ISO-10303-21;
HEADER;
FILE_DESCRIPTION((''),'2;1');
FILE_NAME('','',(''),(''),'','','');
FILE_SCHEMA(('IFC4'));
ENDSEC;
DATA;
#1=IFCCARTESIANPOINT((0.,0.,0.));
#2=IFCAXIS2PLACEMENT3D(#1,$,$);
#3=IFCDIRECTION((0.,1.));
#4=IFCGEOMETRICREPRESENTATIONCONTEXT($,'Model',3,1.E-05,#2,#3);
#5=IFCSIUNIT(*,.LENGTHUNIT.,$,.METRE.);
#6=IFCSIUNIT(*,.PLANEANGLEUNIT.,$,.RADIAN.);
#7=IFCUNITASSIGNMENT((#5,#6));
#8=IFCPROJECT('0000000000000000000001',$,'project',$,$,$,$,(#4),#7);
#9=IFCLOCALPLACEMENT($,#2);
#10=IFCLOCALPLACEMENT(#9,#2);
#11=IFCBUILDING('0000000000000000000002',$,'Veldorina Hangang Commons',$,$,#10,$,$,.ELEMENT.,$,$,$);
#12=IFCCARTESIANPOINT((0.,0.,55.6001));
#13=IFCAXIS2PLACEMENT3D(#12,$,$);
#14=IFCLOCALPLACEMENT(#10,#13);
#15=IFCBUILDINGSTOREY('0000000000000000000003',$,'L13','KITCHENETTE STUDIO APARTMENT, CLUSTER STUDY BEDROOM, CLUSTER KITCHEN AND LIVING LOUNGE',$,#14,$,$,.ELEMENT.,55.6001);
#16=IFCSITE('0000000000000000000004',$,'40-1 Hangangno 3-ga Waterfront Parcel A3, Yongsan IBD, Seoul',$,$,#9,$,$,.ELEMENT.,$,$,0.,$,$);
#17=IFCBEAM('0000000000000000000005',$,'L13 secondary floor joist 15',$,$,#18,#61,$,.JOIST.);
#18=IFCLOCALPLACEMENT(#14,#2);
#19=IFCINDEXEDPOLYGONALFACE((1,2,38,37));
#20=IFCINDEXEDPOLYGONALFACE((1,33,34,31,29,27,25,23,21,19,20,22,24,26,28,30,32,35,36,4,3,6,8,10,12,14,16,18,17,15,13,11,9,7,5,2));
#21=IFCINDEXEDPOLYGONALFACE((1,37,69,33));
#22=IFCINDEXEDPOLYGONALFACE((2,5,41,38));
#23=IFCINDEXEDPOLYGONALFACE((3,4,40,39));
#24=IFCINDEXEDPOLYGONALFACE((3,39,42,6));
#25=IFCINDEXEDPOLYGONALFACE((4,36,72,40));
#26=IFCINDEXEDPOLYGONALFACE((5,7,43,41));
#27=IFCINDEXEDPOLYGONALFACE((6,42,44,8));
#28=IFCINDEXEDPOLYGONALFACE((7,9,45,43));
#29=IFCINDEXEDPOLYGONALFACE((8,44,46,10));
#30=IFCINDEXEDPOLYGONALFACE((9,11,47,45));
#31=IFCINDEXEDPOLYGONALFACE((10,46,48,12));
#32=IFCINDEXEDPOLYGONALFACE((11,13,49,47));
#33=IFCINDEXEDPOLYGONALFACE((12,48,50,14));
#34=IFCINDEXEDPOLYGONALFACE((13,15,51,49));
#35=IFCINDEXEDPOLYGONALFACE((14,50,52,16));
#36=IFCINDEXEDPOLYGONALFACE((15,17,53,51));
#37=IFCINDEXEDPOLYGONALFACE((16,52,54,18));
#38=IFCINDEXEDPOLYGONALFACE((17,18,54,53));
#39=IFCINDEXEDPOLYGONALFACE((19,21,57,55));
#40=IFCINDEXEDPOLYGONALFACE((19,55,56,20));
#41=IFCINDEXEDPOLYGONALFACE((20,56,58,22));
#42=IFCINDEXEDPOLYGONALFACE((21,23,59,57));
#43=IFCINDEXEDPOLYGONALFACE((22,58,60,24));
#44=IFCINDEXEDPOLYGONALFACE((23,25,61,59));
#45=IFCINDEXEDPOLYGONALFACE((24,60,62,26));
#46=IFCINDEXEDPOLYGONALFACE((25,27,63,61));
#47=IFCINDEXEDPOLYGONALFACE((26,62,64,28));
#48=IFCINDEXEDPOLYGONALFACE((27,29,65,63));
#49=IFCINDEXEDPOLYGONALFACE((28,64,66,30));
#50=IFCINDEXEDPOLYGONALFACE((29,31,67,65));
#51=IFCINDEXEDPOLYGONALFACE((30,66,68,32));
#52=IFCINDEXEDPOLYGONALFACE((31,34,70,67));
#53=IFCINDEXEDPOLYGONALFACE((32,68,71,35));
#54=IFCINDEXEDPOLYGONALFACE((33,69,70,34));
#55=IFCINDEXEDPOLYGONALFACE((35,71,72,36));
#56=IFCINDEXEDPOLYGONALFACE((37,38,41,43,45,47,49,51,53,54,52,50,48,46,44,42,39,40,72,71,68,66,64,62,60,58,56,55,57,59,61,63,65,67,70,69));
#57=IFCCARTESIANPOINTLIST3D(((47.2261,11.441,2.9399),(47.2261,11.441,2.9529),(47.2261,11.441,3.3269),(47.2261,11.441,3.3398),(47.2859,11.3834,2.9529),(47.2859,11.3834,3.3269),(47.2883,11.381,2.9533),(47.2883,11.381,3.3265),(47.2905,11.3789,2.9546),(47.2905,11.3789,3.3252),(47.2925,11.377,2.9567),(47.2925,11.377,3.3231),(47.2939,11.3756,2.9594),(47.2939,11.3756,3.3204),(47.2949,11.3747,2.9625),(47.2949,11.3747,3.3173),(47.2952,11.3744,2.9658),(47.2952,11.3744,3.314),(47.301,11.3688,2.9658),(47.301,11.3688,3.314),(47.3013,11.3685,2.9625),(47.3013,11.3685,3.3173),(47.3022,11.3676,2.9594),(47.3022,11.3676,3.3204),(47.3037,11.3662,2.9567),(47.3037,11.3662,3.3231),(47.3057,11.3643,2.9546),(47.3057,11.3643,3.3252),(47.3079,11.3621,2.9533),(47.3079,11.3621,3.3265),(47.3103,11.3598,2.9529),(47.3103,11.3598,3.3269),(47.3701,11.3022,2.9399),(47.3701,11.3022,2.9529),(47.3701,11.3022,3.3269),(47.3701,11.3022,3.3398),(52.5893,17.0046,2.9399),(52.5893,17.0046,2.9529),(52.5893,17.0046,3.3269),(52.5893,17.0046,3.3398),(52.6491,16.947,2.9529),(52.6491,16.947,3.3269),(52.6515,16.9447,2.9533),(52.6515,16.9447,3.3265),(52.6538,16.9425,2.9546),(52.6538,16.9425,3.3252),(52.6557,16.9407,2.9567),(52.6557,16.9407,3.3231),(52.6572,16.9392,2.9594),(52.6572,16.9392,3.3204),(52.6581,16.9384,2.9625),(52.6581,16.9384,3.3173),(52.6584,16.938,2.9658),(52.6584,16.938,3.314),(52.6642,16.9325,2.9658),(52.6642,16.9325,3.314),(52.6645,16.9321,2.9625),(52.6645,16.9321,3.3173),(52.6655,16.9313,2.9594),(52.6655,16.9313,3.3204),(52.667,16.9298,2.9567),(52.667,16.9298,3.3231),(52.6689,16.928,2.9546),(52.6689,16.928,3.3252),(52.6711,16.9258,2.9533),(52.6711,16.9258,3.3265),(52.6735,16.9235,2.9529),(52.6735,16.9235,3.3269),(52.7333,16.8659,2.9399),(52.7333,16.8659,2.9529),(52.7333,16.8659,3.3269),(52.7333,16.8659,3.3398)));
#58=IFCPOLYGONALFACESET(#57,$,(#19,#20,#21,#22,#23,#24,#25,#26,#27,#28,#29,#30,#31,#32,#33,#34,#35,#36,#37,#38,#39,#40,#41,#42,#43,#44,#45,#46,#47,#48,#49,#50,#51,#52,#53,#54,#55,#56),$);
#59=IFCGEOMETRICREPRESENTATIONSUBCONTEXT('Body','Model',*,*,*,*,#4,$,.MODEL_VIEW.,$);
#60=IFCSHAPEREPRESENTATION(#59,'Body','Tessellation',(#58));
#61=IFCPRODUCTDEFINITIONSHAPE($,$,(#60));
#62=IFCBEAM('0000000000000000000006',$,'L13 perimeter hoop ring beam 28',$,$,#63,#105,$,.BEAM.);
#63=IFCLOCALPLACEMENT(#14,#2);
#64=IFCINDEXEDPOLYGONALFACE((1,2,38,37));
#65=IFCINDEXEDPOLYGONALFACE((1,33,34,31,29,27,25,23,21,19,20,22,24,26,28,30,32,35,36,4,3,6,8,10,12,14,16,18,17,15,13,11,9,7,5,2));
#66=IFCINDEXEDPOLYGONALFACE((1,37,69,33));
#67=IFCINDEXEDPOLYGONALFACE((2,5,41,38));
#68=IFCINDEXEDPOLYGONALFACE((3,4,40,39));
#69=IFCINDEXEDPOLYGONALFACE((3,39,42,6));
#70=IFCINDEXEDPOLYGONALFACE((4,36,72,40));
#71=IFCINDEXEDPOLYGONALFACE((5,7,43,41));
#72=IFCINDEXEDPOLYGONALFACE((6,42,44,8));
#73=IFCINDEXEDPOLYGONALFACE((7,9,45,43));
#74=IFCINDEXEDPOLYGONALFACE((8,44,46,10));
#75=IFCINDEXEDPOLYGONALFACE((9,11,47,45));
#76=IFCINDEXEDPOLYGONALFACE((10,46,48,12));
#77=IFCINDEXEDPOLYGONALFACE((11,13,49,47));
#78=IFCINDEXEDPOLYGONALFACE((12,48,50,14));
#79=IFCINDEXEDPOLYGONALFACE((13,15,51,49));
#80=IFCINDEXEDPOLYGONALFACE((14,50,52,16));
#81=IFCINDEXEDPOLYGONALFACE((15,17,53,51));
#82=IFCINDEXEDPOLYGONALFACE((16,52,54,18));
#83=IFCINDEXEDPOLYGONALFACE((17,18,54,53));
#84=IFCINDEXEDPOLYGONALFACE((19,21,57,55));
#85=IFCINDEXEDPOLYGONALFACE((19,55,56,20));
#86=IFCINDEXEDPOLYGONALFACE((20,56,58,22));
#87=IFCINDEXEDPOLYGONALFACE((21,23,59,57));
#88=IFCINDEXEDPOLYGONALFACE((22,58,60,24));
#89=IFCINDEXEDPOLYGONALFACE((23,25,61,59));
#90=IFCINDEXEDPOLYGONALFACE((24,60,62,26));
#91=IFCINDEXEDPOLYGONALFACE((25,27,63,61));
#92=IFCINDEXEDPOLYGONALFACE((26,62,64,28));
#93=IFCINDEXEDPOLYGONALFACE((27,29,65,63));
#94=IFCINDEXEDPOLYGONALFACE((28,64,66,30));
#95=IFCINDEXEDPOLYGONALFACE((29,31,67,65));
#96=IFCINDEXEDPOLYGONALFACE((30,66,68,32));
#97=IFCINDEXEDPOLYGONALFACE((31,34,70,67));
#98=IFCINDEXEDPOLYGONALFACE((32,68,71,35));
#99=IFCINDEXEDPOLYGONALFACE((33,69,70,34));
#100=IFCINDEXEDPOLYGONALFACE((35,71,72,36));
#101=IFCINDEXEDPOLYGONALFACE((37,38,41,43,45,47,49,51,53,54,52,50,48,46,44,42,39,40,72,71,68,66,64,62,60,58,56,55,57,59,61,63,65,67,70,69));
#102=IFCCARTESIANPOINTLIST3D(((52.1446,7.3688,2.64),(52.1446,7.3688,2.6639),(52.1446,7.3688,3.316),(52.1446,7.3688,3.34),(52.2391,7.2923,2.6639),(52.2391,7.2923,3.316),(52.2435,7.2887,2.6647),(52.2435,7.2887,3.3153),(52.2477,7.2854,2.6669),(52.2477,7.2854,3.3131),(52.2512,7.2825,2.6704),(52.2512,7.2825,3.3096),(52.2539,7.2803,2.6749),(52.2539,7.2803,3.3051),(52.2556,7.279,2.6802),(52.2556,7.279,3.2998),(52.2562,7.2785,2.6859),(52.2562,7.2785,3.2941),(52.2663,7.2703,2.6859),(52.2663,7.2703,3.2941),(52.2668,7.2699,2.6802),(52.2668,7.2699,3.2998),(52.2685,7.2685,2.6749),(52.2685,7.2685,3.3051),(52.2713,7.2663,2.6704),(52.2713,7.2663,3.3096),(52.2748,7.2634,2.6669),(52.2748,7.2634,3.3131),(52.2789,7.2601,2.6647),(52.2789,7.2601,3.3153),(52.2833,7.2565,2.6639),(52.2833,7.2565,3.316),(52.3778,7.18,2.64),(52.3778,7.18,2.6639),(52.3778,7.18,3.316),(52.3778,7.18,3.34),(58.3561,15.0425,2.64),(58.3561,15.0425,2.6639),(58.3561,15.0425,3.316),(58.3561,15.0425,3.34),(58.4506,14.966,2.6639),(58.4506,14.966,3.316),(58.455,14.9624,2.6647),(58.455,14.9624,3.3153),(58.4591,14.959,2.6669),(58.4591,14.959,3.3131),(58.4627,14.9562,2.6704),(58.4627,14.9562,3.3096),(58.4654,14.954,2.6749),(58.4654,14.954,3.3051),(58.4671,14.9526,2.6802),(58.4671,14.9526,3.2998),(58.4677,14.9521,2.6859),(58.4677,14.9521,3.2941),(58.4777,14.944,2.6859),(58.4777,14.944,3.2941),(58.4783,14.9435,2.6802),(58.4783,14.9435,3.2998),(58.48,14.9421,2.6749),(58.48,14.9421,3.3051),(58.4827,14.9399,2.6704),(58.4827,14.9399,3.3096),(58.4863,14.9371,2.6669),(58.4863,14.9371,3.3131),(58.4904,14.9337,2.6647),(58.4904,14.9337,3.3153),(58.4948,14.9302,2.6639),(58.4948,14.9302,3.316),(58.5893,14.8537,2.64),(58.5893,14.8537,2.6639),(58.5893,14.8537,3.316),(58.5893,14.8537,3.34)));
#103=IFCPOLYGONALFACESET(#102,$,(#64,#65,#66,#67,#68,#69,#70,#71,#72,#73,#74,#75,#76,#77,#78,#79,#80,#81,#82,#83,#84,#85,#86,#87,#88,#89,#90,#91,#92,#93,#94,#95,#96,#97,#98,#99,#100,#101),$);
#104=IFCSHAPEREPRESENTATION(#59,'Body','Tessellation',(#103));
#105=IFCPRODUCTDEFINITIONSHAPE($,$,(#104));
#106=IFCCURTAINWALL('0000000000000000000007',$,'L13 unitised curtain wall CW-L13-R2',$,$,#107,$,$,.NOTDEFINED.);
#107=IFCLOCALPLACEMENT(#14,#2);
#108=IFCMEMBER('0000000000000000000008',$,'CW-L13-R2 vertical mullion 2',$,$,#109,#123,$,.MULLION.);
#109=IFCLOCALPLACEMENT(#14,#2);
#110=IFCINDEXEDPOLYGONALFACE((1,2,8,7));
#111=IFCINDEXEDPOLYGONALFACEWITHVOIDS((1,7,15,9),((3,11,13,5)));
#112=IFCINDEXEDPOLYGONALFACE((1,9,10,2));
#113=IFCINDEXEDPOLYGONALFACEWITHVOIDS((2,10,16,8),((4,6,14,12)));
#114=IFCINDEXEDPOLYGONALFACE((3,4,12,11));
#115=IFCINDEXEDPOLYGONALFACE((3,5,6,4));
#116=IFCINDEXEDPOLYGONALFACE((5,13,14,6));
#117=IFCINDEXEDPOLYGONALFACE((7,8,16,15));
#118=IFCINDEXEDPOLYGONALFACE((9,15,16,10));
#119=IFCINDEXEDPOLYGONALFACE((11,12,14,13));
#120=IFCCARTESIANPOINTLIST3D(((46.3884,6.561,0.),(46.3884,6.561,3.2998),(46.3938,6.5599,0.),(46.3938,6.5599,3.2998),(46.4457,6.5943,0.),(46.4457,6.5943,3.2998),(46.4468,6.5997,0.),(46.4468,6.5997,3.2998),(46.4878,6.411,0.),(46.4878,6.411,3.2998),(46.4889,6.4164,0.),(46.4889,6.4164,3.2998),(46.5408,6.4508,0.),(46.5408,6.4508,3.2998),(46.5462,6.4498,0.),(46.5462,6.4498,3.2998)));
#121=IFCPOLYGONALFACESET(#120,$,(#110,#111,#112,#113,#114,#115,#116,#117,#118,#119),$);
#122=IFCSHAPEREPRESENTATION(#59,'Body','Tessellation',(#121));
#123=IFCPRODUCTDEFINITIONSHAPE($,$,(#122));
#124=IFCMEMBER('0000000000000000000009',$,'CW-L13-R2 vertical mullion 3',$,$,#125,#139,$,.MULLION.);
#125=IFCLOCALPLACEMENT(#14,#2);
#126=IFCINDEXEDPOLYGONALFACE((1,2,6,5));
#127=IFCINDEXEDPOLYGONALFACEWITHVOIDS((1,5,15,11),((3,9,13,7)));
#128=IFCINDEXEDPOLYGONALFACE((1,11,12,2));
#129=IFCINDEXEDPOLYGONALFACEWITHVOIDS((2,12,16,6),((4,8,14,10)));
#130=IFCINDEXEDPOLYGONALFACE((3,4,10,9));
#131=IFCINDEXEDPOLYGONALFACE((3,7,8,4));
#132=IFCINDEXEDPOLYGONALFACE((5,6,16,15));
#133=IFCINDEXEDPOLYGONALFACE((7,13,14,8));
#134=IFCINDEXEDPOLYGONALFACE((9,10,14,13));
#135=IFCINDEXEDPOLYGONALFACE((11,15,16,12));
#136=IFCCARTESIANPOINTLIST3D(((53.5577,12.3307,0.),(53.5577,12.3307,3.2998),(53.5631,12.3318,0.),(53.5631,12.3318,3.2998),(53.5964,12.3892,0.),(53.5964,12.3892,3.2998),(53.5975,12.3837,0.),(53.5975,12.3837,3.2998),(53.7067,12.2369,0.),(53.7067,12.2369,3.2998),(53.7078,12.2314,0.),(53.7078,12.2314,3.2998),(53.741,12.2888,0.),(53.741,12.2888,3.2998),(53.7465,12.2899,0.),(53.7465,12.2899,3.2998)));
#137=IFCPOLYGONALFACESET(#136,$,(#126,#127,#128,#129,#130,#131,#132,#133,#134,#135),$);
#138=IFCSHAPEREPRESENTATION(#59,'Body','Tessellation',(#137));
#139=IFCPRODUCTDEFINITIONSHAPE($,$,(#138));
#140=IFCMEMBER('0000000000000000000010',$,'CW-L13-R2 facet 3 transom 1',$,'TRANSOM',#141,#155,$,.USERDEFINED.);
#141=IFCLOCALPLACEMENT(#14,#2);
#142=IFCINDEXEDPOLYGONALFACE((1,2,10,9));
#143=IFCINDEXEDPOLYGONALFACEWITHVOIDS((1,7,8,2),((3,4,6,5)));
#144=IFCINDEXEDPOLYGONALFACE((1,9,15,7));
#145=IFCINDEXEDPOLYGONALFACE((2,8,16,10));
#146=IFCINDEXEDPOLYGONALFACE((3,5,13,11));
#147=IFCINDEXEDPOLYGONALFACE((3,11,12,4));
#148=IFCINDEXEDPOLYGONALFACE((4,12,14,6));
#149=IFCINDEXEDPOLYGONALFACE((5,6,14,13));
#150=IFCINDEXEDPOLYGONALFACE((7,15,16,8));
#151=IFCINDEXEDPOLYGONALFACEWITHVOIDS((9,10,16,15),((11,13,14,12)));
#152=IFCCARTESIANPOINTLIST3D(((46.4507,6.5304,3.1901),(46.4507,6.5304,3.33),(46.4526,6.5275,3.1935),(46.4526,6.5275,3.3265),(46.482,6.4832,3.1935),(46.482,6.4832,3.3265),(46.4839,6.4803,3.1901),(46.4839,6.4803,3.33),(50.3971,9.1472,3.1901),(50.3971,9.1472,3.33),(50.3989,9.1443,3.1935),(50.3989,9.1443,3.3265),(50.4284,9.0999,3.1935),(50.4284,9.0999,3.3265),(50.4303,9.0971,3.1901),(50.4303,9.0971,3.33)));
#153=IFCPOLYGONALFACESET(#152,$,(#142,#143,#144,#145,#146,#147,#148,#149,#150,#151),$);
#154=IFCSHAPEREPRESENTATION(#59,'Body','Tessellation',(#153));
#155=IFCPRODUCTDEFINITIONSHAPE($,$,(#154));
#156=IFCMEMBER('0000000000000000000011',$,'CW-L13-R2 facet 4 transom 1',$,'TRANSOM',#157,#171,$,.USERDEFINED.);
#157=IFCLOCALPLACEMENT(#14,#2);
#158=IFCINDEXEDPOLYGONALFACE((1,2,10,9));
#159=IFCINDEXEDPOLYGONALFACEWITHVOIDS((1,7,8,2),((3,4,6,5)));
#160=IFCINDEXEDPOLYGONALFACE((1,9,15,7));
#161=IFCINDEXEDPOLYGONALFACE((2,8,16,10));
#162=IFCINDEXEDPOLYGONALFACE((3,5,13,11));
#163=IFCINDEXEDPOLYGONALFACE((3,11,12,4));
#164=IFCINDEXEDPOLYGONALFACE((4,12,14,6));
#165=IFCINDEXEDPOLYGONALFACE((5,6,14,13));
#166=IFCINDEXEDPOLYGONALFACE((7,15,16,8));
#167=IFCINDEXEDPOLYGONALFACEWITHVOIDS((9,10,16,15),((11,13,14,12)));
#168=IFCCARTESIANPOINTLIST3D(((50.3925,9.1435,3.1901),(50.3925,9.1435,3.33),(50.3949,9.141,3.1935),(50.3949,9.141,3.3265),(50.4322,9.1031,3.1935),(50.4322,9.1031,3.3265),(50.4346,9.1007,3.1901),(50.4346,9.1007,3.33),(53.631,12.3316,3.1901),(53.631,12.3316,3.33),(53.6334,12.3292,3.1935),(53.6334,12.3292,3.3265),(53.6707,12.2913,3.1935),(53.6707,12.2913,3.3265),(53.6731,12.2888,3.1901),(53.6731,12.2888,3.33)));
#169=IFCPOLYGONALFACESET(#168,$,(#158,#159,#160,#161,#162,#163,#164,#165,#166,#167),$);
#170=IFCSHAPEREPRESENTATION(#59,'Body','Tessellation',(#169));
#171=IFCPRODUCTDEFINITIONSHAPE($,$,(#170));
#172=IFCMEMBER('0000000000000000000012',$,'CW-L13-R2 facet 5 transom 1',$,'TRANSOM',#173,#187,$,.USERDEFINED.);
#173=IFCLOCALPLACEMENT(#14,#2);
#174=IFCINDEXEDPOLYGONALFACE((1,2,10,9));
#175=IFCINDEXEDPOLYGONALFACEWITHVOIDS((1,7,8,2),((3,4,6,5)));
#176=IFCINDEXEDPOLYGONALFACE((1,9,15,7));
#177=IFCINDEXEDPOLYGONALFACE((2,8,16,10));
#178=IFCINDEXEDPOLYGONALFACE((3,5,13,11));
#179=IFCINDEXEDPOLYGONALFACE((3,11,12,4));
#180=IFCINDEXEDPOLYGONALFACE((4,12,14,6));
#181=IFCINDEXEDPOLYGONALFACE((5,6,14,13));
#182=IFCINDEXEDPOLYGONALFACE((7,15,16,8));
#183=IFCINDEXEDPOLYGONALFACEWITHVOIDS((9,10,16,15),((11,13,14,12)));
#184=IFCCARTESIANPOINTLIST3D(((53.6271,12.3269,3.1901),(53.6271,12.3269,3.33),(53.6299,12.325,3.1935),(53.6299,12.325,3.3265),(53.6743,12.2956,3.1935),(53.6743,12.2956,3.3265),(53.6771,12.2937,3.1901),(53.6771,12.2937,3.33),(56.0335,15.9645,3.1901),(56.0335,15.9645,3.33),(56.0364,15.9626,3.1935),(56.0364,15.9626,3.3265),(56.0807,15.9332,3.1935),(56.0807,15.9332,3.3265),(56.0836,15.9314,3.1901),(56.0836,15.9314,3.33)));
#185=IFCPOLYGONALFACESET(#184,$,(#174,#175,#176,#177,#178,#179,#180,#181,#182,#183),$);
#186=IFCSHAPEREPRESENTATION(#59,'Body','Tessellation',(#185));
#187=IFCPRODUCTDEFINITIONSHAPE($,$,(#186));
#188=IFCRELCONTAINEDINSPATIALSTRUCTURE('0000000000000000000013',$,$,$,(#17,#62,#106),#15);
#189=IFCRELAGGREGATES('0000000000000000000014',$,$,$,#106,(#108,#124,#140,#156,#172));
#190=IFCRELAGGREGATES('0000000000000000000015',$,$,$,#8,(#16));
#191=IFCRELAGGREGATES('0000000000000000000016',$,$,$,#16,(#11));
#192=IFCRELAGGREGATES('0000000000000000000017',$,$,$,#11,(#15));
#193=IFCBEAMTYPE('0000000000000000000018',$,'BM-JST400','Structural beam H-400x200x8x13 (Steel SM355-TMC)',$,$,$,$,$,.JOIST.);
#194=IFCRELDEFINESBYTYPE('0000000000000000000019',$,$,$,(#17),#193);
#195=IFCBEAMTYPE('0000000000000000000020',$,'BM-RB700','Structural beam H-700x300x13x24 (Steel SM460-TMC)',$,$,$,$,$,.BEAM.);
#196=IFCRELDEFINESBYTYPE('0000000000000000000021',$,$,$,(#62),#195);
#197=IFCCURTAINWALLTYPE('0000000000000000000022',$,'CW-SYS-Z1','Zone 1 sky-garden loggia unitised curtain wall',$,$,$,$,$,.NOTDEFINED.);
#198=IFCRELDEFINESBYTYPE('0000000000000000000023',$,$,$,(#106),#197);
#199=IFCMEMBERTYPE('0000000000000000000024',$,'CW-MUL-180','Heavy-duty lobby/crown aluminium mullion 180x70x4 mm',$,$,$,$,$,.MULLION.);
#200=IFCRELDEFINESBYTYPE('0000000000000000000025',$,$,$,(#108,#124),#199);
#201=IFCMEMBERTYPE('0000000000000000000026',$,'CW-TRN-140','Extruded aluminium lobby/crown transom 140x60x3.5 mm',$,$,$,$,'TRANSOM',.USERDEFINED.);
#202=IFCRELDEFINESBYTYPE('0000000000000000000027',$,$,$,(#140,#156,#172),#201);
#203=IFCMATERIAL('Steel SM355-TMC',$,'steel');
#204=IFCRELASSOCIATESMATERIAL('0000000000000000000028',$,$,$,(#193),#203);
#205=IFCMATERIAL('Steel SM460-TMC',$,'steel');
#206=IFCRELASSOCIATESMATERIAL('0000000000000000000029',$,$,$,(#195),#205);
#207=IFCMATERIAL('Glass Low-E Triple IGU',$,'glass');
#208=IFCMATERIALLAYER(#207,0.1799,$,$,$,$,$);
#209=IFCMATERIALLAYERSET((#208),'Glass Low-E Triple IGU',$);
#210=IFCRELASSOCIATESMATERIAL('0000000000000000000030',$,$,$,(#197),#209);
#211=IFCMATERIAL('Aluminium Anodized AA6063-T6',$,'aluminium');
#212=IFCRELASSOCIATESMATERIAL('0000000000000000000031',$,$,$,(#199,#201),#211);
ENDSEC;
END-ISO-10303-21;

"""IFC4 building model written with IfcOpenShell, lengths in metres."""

from ifc_helpers import new_model, si_unit, direction, frame, origin, origin_2d, place, context, subcontext, project, spatial, hollow_rectangle, i_section, extrude, material, layer, layer_set, material_profile, profile_set, type_object, element, aggregate, save


model = new_model("IFC4")

# Units and contexts
model_context = context("Model", 3, precision=1e-05, world=origin(), true_north=direction((0.0, 1.0)))
body_context = subcontext(model_context, "Body", "Model", "MODEL_VIEW")
ifc_project = project(units=[si_unit("LENGTHUNIT", "METRE"), si_unit("PLANEANGLEUNIT", "RADIAN")], contexts=[model_context])

# Site, building, storey
site_placement = place(None, origin())
site = spatial("IfcSite", under=ifc_project, at=site_placement, Name="40-1 Hangangno 3-ga Waterfront Parcel A3, Yongsan IBD, Seoul", CompositionType="ELEMENT", RefElevation=0.0)
building_placement = place(site_placement, origin())
building = spatial("IfcBuilding", under=site, at=building_placement, Name="Veldorina Hangang Commons", CompositionType="ELEMENT")
storey_placement = place(building_placement, frame((0.0, 0.0, 55.6001)))
storey = spatial("IfcBuildingStorey", under=building, at=storey_placement, Name="L13", Description="KITCHENETTE STUDIO APARTMENT, CLUSTER STUDY BEDROOM, CLUSTER KITCHEN AND LIVING LOUNGE", CompositionType="ELEMENT", Elevation=55.6001)

# Beams
ifc_material_1 = material(Name="Steel SM355-TMC", Category="steel")
ifc_material_profile_1 = material_profile(ifc_material_1, i_section(OverallWidth=0.2, OverallDepth=0.3999, WebThickness=0.0081, FlangeThickness=0.0129, FilletRadius=0.0129, at=origin_2d()), Name="H-400x200x8x13")
ifc_profile_set_1 = profile_set([ifc_material_profile_1], Name="Steel SM355-TMC")
beam_type_1 = type_object("IfcBeamType", Name="BM-JST400", Description="Structural beam H-400x200x8x13 (Steel SM355-TMC)", PredefinedType="JOIST", material=ifc_profile_set_1)
beam_1_placement = place(storey_placement, frame((47.2981, 11.3716, 3.1399), z_axis=(0.694019, 0.719956, 0.0), x_axis=(-0.719956, 0.694019, 0.0)))
element("IfcBeam", 1, at=beam_1_placement, inside=storey, type_object=beam_type_1, Name="L13 secondary floor joist 15", PredefinedType="JOIST", context=body_context, shape_type="SweptSolid", body=[
    extrude(i_section(OverallWidth=0.2, OverallDepth=0.3999, WebThickness=0.0081, FlangeThickness=0.0129, FilletRadius=0.0129, at=origin_2d()), origin(), (0.0, 0.0, 1.0), 7.7278),
])
ifc_material_2 = material(Name="Steel SM460-TMC", Category="steel")
ifc_material_profile_2 = material_profile(ifc_material_2, i_section(OverallWidth=0.3, OverallDepth=0.7, WebThickness=0.0129, FlangeThickness=0.0239, FilletRadius=0.022, at=origin_2d()), Name="H-700x300x13x24")
ifc_profile_set_2 = profile_set([ifc_material_profile_2], Name="Steel SM460-TMC")
beam_type_2 = type_object("IfcBeamType", Name="BM-RB700", Description="Structural beam H-700x300x13x24 (Steel SM460-TMC)", PredefinedType="BEAM", material=ifc_profile_set_2)
beam_2_placement = place(storey_placement, frame((52.2612, 7.2744, 2.99), z_axis=(0.629166, 0.777271, 0.0), x_axis=(-0.777271, 0.629166, 0.0)))
element("IfcBeam", 2, at=beam_2_placement, inside=storey, type_object=beam_type_2, Name="L13 perimeter hoop ring beam 28", PredefinedType="BEAM", context=body_context, shape_type="SweptSolid", body=[
    extrude(i_section(OverallWidth=0.3, OverallDepth=0.7, WebThickness=0.0129, FlangeThickness=0.0239, FilletRadius=0.022, at=origin_2d()), origin(), (0.0, 0.0, 1.0), 9.8726),
])

# Curtain wall, members
ifc_material_3 = material(Name="Glass Low-E Triple IGU", Category="glass")
ifc_layer_1 = layer(ifc_material_3, 0.1799)
ifc_layer_set_1 = layer_set([ifc_layer_1], Name="Glass Low-E Triple IGU")
curtain_wall_type = type_object("IfcCurtainWallType", Name="CW-SYS-Z1", Description="Zone 1 sky-garden loggia unitised curtain wall", PredefinedType="NOTDEFINED", material=ifc_layer_set_1)
curtain_wall_placement = place(storey_placement, origin())
curtain_wall = element("IfcCurtainWall", 3, at=curtain_wall_placement, inside=storey, type_object=curtain_wall_type, Name="L13 unitised curtain wall CW-L13-R2", PredefinedType="NOTDEFINED")
ifc_material_4 = material(Name="Aluminium Anodized AA6063-T6", Category="aluminium")
ifc_material_profile_3 = material_profile(ifc_material_4, hollow_rectangle(XDim=0.0701, YDim=0.1799, WallThickness=0.0039, at=origin_2d()), Name="ALU-RHS-180x70x4")
ifc_profile_set_3 = profile_set([ifc_material_profile_3], Name="Aluminium Anodized AA6063-T6")
member_type_1 = type_object("IfcMemberType", Name="CW-MUL-180", Description="Heavy-duty lobby/crown aluminium mullion 180x70x4 mm", PredefinedType="MULLION", material=ifc_profile_set_3)
member_1_placement = place(storey_placement, frame((46.4673, 6.5054, 0.0), z_axis=(0.0, 0.0, 1.0), x_axis=(0.833423, 0.552635, 0.0)))
member_1 = element("IfcMember", 4, at=member_1_placement, type_object=member_type_1, Name="CW-L13-R2 vertical mullion 2", PredefinedType="MULLION", context=body_context, shape_type="SweptSolid", body=[
    extrude(hollow_rectangle(XDim=0.0701, YDim=0.1799, WallThickness=0.0039, at=origin_2d()), origin(), (0.0, 0.0, 1.0), 3.2998),
])
member_2_placement = place(storey_placement, frame((53.6521, 12.3103, 0.0), z_axis=(0.0, 0.0, 1.0), x_axis=(0.551719, 0.83403, 0.0)))
member_2 = element("IfcMember", 5, at=member_2_placement, type_object=member_type_1, Name="CW-L13-R2 vertical mullion 3", PredefinedType="MULLION", context=body_context, shape_type="SweptSolid", body=[
    extrude(hollow_rectangle(XDim=0.0701, YDim=0.1799, WallThickness=0.0039, at=origin_2d()), origin(), (0.0, 0.0, 1.0), 3.2998),
])
ifc_material_profile_4 = material_profile(ifc_material_4, hollow_rectangle(XDim=0.0601, YDim=0.1399, WallThickness=0.0034, at=origin_2d()), Name="ALU-RHS-140x60x3.5")
ifc_profile_set_4 = profile_set([ifc_material_profile_4], Name="Aluminium Anodized AA6063-T6")
member_type_2 = type_object("IfcMemberType", Name="CW-TRN-140", Description="Extruded aluminium lobby/crown transom 140x60x3.5 mm", ElementType="TRANSOM", PredefinedType="USERDEFINED", material=ifc_profile_set_4)
member_3_placement = place(storey_placement, frame((46.4673, 6.5054, 3.26), z_axis=(0.833428, 0.552628, 0.0), x_axis=(-0.552628, 0.833428, 0.0)))
member_3 = element("IfcMember", 6, at=member_3_placement, type_object=member_type_2, Name="CW-L13-R2 facet 3 transom 1", ObjectType="TRANSOM", PredefinedType="USERDEFINED", context=body_context, shape_type="SweptSolid", body=[
    extrude(hollow_rectangle(XDim=0.0601, YDim=0.1399, WallThickness=0.0034, at=origin_2d()), origin(), (0.0, 0.0, 1.0), 4.7351),
])
member_4_placement = place(storey_placement, frame((50.4136, 9.1221, 3.26), z_axis=(0.712618, 0.701552, 0.0), x_axis=(-0.701552, 0.712618, 0.0)))
member_4 = element("IfcMember", 7, at=member_4_placement, type_object=member_type_2, Name="CW-L13-R2 facet 4 transom 1", ObjectType="TRANSOM", PredefinedType="USERDEFINED", context=body_context, shape_type="SweptSolid", body=[
    extrude(hollow_rectangle(XDim=0.0601, YDim=0.1399, WallThickness=0.0034, at=origin_2d()), origin(), (0.0, 0.0, 1.0), 4.5444),
])
member_5_placement = place(storey_placement, frame((53.6521, 12.3103, 3.26), z_axis=(0.551739, 0.834017, 0.0), x_axis=(-0.834017, 0.551739, 0.0)))
member_5 = element("IfcMember", 8, at=member_5_placement, type_object=member_type_2, Name="CW-L13-R2 facet 5 transom 1", ObjectType="TRANSOM", PredefinedType="USERDEFINED", context=body_context, shape_type="SweptSolid", body=[
    extrude(hollow_rectangle(XDim=0.0601, YDim=0.1399, WallThickness=0.0034, at=origin_2d()), origin(), (0.0, 0.0, 1.0), 4.3616),
])

aggregate(curtain_wall, [member_1, member_2, member_3, member_4, member_5])

save(model, "model.ifc")
